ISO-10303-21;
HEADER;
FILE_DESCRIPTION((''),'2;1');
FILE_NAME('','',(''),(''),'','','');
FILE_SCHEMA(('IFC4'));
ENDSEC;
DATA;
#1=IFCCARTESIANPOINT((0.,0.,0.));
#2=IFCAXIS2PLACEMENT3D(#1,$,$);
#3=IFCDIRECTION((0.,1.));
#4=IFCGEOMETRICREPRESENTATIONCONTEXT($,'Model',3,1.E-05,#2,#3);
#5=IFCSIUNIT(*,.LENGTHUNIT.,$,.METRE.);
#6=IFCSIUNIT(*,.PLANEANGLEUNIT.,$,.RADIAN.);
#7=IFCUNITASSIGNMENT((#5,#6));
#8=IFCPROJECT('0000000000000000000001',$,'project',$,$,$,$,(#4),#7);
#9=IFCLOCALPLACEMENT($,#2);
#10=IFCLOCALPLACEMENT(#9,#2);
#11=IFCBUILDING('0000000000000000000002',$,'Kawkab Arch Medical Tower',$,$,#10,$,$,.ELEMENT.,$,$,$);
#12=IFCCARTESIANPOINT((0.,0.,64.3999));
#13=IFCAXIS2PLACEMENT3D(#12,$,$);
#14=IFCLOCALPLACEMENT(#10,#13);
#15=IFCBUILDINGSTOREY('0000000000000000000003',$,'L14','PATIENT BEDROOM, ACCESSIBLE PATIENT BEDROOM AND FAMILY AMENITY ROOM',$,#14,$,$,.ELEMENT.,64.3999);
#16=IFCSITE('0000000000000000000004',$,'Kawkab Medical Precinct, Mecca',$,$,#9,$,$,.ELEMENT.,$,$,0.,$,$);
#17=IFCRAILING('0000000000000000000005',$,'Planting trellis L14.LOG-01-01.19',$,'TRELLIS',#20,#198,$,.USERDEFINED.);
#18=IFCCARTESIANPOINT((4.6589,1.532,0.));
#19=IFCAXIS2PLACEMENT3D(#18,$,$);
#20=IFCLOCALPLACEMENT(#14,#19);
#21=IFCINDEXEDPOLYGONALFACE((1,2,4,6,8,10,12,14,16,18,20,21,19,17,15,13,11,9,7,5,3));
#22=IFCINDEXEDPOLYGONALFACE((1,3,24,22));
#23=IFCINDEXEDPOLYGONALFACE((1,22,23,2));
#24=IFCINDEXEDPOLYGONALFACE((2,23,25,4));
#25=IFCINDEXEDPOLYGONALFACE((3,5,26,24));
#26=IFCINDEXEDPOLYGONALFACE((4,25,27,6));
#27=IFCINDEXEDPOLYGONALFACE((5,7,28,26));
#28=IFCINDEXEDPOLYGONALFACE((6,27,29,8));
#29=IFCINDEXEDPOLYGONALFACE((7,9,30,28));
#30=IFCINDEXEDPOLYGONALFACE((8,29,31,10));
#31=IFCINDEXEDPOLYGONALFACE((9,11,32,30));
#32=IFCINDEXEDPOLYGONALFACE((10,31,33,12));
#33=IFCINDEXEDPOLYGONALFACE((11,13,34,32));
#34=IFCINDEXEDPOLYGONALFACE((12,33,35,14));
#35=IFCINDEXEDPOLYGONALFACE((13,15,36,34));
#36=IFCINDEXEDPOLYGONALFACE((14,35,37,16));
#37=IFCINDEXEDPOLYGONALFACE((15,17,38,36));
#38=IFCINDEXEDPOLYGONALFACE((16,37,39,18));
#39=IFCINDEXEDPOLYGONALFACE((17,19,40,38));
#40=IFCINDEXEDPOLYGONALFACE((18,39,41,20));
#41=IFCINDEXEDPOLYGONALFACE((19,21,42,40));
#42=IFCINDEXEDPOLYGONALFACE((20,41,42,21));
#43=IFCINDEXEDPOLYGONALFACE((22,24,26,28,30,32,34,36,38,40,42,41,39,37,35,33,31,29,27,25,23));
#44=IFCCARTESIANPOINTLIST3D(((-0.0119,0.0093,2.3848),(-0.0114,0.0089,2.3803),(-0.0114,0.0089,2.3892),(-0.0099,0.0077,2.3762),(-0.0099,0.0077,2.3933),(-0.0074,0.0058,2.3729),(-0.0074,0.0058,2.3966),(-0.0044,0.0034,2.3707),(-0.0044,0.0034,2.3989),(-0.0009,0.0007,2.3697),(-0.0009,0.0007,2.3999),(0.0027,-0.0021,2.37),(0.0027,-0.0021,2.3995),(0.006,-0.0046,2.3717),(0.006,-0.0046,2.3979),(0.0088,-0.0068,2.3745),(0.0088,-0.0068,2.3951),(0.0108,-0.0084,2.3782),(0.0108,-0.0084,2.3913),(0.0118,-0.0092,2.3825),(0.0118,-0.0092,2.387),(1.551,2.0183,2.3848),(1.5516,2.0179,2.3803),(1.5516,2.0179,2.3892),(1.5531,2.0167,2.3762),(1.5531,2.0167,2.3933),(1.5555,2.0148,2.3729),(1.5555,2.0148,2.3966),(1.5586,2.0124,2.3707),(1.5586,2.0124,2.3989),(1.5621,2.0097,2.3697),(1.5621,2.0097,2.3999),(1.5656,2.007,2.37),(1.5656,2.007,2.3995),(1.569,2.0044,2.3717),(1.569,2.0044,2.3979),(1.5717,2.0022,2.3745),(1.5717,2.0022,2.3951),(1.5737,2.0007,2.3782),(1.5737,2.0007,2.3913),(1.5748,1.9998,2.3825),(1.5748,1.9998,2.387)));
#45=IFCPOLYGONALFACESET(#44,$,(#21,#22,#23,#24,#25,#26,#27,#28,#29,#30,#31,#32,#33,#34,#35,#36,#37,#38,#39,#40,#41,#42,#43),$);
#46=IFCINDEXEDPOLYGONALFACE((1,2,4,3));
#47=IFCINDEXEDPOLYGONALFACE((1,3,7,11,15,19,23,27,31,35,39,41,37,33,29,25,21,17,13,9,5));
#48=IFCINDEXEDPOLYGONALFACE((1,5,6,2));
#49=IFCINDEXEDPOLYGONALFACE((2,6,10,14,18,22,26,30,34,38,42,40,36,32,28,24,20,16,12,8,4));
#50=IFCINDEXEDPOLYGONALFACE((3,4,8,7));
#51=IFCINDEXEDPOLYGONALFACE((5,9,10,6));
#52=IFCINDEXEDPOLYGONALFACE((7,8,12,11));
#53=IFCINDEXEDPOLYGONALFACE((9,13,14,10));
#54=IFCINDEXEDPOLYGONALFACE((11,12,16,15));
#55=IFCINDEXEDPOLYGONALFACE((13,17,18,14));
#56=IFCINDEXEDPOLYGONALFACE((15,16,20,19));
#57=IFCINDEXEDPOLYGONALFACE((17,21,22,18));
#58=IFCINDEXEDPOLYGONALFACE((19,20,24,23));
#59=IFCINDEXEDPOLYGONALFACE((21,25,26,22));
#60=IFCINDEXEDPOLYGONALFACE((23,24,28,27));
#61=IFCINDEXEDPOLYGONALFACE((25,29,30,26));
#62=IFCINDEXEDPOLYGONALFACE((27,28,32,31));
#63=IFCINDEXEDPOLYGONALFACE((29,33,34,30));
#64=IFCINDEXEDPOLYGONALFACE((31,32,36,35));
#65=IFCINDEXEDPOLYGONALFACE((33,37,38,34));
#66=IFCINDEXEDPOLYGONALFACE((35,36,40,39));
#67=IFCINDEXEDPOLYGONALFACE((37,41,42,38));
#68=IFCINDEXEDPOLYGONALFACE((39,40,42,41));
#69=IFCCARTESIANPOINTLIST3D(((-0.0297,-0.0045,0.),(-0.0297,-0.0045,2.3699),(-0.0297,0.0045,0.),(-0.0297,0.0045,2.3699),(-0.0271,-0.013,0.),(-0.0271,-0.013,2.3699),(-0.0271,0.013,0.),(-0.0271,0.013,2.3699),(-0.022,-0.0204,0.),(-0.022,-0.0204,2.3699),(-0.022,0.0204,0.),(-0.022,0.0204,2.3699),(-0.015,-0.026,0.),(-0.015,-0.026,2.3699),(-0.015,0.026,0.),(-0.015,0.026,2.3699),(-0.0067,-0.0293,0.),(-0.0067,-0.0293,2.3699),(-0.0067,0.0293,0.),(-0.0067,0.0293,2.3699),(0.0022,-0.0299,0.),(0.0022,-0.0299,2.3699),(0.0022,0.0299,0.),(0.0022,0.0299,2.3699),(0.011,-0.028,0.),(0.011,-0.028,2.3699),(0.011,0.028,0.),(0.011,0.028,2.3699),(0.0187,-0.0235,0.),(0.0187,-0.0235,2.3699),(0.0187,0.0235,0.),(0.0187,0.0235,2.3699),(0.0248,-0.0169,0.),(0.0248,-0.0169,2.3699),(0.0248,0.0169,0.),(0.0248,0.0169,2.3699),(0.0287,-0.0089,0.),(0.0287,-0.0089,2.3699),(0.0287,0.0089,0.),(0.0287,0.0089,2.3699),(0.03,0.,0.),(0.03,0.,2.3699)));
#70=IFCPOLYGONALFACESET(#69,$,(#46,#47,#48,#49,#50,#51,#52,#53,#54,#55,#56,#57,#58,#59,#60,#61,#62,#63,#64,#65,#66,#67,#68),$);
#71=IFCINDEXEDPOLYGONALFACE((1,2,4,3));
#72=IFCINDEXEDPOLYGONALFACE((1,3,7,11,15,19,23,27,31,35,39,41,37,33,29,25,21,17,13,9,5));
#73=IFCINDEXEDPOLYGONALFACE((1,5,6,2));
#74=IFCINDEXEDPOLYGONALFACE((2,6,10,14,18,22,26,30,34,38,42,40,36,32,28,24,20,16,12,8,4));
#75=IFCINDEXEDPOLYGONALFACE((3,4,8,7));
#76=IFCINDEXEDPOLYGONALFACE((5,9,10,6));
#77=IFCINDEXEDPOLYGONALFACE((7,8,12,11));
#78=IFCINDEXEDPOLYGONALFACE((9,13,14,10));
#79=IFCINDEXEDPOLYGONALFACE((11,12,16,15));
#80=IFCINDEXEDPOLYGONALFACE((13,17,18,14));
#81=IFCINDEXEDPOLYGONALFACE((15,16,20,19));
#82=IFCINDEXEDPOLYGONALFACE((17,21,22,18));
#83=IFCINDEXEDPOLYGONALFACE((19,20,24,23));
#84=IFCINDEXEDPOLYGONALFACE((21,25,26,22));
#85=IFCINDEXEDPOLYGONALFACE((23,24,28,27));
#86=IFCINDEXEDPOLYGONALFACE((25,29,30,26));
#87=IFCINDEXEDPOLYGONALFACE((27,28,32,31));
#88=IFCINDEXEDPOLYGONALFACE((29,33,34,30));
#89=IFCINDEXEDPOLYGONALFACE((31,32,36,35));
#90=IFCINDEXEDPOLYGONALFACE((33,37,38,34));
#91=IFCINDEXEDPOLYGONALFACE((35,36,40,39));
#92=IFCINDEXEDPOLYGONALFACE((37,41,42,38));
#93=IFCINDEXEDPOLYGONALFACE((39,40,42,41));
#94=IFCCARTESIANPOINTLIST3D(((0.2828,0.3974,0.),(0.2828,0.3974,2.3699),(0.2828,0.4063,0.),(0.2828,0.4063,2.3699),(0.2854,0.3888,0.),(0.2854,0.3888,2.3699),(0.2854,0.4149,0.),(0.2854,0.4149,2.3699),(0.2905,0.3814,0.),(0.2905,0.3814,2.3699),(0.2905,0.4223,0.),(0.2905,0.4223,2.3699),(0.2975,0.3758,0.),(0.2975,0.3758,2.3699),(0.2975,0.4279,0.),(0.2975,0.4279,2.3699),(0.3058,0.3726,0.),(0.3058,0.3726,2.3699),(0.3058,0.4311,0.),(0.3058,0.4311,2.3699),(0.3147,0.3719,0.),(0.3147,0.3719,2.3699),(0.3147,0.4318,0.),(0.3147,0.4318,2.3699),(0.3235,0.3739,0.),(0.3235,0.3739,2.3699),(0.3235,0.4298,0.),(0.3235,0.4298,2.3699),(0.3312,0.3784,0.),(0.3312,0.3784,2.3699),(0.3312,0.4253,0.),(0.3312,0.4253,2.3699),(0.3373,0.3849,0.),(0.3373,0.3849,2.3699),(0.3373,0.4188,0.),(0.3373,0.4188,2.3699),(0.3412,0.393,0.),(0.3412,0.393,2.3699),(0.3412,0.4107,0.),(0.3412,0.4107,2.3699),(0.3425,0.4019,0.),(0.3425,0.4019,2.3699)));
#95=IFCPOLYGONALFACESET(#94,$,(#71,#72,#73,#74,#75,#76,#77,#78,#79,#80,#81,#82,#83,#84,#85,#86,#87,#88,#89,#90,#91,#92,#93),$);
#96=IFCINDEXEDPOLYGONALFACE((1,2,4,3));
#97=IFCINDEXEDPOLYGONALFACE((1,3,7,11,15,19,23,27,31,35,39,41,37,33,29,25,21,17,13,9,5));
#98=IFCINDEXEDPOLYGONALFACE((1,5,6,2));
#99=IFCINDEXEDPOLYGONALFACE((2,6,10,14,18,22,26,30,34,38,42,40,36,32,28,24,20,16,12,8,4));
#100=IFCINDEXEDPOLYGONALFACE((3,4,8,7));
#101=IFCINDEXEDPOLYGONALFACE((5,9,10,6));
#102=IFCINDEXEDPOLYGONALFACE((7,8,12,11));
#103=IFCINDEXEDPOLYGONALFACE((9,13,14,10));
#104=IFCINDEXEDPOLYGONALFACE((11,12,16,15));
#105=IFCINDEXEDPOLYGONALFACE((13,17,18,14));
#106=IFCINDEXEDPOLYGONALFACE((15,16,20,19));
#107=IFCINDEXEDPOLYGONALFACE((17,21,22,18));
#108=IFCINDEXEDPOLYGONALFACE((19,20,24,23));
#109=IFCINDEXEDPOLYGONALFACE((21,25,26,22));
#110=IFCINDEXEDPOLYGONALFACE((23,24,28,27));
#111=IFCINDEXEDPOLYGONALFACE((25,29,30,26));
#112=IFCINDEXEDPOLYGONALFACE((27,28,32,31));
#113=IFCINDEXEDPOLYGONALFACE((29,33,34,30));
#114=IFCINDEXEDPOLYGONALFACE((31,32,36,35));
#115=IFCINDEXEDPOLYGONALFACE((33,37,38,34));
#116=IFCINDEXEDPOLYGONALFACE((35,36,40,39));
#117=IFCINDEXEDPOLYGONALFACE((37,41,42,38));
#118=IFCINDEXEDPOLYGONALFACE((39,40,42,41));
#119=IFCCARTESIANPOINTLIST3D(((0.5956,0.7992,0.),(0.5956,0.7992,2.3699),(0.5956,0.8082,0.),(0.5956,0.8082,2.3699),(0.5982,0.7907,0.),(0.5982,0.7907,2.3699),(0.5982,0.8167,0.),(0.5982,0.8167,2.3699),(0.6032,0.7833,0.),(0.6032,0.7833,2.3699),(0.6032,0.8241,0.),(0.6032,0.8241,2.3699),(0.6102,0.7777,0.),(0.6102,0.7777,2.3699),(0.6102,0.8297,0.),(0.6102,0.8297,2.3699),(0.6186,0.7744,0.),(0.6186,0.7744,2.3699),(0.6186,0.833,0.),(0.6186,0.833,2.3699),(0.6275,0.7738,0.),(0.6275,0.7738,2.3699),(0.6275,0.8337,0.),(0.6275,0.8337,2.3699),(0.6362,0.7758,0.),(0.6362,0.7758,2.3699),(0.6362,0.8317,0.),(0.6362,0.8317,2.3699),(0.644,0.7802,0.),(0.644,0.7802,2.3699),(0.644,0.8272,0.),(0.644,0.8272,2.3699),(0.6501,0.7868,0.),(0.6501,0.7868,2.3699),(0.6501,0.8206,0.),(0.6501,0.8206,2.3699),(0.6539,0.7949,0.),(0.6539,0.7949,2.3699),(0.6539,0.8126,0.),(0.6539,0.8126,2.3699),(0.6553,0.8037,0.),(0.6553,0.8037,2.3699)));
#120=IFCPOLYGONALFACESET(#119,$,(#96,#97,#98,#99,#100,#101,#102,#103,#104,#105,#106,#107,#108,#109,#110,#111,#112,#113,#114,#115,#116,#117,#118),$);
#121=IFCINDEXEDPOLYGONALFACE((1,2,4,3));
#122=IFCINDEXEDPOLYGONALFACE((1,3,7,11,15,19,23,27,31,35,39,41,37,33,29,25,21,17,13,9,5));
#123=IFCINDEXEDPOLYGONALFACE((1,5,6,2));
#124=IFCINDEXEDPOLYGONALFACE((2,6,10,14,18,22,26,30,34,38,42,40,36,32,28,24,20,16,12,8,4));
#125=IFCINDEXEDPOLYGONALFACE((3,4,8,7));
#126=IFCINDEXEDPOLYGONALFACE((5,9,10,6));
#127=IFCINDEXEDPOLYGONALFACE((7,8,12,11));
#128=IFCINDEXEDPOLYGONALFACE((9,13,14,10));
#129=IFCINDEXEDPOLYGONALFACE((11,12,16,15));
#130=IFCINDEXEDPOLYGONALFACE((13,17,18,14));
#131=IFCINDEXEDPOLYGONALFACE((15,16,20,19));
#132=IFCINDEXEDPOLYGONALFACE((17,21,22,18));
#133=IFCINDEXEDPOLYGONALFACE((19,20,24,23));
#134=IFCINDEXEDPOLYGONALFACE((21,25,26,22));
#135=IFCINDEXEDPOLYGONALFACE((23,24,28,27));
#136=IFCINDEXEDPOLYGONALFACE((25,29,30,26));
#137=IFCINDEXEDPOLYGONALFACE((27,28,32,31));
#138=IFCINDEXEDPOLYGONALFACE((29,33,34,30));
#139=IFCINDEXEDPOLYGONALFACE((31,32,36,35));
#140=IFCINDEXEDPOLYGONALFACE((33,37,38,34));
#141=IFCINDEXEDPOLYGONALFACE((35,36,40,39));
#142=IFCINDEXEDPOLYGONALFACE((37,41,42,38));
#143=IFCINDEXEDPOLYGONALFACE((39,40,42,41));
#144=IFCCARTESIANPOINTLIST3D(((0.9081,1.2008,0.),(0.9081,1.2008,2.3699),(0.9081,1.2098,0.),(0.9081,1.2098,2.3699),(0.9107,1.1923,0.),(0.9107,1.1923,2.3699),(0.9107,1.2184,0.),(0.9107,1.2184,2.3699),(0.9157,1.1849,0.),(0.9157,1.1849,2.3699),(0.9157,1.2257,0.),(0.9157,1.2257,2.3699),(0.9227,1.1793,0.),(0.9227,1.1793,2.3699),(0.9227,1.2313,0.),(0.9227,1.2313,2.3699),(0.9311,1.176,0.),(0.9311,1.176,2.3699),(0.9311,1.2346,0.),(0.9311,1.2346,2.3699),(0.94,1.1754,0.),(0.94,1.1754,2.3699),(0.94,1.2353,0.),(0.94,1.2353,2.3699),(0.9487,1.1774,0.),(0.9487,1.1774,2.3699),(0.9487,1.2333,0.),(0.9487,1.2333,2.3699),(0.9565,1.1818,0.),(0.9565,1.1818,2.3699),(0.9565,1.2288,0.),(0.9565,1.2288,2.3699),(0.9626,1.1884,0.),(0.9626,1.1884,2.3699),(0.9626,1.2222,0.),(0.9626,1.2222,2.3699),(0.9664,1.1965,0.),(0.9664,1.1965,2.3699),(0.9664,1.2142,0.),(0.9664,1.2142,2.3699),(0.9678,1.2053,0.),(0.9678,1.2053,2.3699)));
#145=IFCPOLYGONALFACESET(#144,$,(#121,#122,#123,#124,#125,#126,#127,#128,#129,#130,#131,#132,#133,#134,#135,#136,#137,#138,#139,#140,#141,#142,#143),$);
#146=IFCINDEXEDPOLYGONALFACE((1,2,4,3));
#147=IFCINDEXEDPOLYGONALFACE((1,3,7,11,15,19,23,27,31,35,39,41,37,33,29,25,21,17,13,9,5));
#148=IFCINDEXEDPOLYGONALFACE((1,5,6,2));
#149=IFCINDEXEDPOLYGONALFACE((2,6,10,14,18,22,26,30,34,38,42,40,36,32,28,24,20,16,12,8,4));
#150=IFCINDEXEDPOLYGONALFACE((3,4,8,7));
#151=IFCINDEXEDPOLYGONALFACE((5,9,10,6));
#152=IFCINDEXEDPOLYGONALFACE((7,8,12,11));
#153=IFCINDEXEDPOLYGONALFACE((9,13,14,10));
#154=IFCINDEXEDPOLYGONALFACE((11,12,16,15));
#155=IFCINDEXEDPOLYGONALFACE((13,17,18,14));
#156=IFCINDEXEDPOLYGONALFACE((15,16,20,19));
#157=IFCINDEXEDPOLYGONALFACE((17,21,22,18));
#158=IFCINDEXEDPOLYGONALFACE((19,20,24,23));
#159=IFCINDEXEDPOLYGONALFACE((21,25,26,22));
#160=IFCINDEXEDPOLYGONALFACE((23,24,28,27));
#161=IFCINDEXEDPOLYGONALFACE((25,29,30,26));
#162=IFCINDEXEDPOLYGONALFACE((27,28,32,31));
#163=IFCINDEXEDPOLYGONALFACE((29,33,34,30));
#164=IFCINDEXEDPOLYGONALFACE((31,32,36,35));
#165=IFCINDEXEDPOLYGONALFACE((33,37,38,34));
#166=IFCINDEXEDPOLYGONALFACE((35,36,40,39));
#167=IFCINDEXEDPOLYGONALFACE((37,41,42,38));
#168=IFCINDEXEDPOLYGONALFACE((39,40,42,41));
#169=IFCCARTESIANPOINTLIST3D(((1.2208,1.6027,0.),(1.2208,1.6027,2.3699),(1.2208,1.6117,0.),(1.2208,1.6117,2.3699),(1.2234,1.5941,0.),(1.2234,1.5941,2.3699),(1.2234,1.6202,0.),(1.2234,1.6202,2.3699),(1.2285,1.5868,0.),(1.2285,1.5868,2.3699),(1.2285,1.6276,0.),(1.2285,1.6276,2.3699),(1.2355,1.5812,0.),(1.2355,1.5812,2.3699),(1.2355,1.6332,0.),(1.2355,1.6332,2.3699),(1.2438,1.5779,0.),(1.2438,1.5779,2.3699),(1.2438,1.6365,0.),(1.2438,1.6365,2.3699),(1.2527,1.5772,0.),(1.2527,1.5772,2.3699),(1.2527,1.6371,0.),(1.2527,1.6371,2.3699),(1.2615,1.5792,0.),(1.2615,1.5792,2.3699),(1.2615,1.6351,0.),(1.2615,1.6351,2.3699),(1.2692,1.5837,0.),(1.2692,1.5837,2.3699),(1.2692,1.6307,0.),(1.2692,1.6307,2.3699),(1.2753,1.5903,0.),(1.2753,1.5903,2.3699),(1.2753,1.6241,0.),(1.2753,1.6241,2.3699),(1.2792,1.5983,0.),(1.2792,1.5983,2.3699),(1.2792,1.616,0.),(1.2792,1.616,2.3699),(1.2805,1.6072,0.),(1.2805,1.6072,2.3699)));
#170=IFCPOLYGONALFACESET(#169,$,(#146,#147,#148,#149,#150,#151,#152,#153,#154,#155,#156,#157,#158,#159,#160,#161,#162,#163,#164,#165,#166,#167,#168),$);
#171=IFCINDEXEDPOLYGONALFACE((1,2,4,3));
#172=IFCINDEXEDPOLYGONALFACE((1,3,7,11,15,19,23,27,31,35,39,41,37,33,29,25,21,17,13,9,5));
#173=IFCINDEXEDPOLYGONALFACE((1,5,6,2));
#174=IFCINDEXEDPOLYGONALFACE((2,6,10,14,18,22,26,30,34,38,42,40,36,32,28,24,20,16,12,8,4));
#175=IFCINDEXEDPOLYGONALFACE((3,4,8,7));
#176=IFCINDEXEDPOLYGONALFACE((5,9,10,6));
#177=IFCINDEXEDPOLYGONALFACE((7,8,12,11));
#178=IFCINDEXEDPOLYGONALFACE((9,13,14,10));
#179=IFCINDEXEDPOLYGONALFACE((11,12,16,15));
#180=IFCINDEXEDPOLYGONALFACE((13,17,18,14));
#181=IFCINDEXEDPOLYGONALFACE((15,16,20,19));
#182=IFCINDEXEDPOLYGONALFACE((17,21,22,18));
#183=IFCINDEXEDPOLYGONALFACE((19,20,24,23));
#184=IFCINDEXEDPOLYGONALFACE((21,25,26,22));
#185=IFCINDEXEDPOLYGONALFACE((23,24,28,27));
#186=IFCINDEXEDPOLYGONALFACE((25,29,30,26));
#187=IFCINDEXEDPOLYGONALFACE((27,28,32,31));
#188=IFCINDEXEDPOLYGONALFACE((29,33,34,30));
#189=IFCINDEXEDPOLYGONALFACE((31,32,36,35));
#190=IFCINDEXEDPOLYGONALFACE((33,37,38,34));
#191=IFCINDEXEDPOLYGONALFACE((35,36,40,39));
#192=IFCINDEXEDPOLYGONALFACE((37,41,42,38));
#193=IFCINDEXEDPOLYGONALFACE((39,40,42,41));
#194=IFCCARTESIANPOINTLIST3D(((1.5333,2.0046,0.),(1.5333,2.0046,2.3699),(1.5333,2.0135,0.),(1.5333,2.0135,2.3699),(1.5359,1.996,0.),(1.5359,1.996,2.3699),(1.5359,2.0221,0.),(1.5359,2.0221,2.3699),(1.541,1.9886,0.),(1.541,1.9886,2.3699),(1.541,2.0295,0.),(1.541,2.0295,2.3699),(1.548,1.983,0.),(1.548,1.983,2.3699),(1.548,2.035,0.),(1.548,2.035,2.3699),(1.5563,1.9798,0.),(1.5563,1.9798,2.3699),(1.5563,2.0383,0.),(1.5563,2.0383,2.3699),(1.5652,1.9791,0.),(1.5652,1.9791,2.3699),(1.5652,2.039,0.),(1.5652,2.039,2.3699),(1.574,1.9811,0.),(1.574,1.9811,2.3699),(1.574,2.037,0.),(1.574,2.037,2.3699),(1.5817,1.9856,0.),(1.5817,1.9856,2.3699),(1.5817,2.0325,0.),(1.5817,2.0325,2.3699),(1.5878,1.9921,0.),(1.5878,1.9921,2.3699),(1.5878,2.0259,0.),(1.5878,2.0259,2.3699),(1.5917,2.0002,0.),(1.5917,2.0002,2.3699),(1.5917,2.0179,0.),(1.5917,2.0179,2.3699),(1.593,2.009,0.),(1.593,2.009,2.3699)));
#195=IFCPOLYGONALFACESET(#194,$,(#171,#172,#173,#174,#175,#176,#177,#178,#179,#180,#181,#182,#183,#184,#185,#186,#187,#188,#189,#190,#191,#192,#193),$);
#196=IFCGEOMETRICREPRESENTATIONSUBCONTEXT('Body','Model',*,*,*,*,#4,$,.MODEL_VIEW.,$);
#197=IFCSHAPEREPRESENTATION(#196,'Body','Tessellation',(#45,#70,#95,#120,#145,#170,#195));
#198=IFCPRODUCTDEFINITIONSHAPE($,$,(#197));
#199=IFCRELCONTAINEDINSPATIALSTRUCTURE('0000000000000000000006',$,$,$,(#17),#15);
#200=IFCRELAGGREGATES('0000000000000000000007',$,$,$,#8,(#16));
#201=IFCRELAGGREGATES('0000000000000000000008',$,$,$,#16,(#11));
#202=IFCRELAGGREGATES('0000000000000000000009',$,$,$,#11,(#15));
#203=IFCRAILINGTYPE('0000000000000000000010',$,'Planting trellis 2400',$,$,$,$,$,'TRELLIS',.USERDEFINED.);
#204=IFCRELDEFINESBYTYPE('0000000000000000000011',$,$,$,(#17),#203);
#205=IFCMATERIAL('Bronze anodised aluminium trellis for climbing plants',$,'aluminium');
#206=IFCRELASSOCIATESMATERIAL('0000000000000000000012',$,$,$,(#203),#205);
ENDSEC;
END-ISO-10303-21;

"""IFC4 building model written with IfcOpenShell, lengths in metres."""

from ifc_helpers import new_model, si_unit, direction, frame, origin, origin_2d, place, context, subcontext, project, spatial, circle, extrude, material, type_object, element, save


model = new_model("IFC4")

# Units and contexts
model_context = context("Model", 3, precision=1e-05, world=origin(), true_north=direction((0.0, 1.0)))
body_context = subcontext(model_context, "Body", "Model", "MODEL_VIEW")
ifc_project = project(units=[si_unit("LENGTHUNIT", "METRE"), si_unit("PLANEANGLEUNIT", "RADIAN")], contexts=[model_context])

# Site, building, storey
site_placement = place(None, origin())
site = spatial("IfcSite", under=ifc_project, at=site_placement, Name="Kawkab Medical Precinct, Mecca", CompositionType="ELEMENT", RefElevation=0.0)
building_placement = place(site_placement, origin())
building = spatial("IfcBuilding", under=site, at=building_placement, Name="Kawkab Arch Medical Tower", CompositionType="ELEMENT")
storey_placement = place(building_placement, frame((0.0, 0.0, 64.3999)))
storey = spatial("IfcBuildingStorey", under=building, at=storey_placement, Name="L14", Description="PATIENT BEDROOM, ACCESSIBLE PATIENT BEDROOM AND FAMILY AMENITY ROOM", CompositionType="ELEMENT", Elevation=64.3999)

# Railing
ifc_material_1 = material(Name="Bronze anodised aluminium trellis for climbing plants", Category="aluminium")
railing_type = type_object("IfcRailingType", Name="Planting trellis 2400", ElementType="TRELLIS", PredefinedType="USERDEFINED", material=ifc_material_1)
railing_1_placement = place(storey_placement, frame((4.6589, 1.532, 0.0)))
element("IfcRailing", 1, at=railing_1_placement, inside=storey, type_object=railing_type, Name="Planting trellis L14.LOG-01-01.19", ObjectType="TRELLIS", PredefinedType="USERDEFINED", context=body_context, shape_type="SweptSolid", body=[
    extrude(circle(Radius=0.0151, at=origin_2d()), frame((0.0, 0.0, 2.3848), z_axis=(0.61404, 0.789275, 0.0), x_axis=(-0.789275, 0.61404, 0.0)), (0.0, 0.0, 1.0), 2.5454),
    extrude(circle(Radius=0.03, at=origin_2d()), origin(), (0.0, 0.0, 1.0), 2.3699),
    extrude(circle(Radius=0.03, at=origin_2d()), frame((0.3125, 0.4019, 0.0)), (0.0, 0.0, 1.0), 2.3699),
    extrude(circle(Radius=0.03, at=origin_2d()), frame((0.6252, 0.8037, 0.0)), (0.0, 0.0, 1.0), 2.3699),
    extrude(circle(Radius=0.03, at=origin_2d()), frame((0.9377, 1.2053, 0.0)), (0.0, 0.0, 1.0), 2.3699),
    extrude(circle(Radius=0.03, at=origin_2d()), frame((1.2505, 1.6072, 0.0)), (0.0, 0.0, 1.0), 2.3699),
    extrude(circle(Radius=0.03, at=origin_2d()), frame((1.563, 2.009, 0.0)), (0.0, 0.0, 1.0), 2.3699),
])

save(model, "model.ifc")
